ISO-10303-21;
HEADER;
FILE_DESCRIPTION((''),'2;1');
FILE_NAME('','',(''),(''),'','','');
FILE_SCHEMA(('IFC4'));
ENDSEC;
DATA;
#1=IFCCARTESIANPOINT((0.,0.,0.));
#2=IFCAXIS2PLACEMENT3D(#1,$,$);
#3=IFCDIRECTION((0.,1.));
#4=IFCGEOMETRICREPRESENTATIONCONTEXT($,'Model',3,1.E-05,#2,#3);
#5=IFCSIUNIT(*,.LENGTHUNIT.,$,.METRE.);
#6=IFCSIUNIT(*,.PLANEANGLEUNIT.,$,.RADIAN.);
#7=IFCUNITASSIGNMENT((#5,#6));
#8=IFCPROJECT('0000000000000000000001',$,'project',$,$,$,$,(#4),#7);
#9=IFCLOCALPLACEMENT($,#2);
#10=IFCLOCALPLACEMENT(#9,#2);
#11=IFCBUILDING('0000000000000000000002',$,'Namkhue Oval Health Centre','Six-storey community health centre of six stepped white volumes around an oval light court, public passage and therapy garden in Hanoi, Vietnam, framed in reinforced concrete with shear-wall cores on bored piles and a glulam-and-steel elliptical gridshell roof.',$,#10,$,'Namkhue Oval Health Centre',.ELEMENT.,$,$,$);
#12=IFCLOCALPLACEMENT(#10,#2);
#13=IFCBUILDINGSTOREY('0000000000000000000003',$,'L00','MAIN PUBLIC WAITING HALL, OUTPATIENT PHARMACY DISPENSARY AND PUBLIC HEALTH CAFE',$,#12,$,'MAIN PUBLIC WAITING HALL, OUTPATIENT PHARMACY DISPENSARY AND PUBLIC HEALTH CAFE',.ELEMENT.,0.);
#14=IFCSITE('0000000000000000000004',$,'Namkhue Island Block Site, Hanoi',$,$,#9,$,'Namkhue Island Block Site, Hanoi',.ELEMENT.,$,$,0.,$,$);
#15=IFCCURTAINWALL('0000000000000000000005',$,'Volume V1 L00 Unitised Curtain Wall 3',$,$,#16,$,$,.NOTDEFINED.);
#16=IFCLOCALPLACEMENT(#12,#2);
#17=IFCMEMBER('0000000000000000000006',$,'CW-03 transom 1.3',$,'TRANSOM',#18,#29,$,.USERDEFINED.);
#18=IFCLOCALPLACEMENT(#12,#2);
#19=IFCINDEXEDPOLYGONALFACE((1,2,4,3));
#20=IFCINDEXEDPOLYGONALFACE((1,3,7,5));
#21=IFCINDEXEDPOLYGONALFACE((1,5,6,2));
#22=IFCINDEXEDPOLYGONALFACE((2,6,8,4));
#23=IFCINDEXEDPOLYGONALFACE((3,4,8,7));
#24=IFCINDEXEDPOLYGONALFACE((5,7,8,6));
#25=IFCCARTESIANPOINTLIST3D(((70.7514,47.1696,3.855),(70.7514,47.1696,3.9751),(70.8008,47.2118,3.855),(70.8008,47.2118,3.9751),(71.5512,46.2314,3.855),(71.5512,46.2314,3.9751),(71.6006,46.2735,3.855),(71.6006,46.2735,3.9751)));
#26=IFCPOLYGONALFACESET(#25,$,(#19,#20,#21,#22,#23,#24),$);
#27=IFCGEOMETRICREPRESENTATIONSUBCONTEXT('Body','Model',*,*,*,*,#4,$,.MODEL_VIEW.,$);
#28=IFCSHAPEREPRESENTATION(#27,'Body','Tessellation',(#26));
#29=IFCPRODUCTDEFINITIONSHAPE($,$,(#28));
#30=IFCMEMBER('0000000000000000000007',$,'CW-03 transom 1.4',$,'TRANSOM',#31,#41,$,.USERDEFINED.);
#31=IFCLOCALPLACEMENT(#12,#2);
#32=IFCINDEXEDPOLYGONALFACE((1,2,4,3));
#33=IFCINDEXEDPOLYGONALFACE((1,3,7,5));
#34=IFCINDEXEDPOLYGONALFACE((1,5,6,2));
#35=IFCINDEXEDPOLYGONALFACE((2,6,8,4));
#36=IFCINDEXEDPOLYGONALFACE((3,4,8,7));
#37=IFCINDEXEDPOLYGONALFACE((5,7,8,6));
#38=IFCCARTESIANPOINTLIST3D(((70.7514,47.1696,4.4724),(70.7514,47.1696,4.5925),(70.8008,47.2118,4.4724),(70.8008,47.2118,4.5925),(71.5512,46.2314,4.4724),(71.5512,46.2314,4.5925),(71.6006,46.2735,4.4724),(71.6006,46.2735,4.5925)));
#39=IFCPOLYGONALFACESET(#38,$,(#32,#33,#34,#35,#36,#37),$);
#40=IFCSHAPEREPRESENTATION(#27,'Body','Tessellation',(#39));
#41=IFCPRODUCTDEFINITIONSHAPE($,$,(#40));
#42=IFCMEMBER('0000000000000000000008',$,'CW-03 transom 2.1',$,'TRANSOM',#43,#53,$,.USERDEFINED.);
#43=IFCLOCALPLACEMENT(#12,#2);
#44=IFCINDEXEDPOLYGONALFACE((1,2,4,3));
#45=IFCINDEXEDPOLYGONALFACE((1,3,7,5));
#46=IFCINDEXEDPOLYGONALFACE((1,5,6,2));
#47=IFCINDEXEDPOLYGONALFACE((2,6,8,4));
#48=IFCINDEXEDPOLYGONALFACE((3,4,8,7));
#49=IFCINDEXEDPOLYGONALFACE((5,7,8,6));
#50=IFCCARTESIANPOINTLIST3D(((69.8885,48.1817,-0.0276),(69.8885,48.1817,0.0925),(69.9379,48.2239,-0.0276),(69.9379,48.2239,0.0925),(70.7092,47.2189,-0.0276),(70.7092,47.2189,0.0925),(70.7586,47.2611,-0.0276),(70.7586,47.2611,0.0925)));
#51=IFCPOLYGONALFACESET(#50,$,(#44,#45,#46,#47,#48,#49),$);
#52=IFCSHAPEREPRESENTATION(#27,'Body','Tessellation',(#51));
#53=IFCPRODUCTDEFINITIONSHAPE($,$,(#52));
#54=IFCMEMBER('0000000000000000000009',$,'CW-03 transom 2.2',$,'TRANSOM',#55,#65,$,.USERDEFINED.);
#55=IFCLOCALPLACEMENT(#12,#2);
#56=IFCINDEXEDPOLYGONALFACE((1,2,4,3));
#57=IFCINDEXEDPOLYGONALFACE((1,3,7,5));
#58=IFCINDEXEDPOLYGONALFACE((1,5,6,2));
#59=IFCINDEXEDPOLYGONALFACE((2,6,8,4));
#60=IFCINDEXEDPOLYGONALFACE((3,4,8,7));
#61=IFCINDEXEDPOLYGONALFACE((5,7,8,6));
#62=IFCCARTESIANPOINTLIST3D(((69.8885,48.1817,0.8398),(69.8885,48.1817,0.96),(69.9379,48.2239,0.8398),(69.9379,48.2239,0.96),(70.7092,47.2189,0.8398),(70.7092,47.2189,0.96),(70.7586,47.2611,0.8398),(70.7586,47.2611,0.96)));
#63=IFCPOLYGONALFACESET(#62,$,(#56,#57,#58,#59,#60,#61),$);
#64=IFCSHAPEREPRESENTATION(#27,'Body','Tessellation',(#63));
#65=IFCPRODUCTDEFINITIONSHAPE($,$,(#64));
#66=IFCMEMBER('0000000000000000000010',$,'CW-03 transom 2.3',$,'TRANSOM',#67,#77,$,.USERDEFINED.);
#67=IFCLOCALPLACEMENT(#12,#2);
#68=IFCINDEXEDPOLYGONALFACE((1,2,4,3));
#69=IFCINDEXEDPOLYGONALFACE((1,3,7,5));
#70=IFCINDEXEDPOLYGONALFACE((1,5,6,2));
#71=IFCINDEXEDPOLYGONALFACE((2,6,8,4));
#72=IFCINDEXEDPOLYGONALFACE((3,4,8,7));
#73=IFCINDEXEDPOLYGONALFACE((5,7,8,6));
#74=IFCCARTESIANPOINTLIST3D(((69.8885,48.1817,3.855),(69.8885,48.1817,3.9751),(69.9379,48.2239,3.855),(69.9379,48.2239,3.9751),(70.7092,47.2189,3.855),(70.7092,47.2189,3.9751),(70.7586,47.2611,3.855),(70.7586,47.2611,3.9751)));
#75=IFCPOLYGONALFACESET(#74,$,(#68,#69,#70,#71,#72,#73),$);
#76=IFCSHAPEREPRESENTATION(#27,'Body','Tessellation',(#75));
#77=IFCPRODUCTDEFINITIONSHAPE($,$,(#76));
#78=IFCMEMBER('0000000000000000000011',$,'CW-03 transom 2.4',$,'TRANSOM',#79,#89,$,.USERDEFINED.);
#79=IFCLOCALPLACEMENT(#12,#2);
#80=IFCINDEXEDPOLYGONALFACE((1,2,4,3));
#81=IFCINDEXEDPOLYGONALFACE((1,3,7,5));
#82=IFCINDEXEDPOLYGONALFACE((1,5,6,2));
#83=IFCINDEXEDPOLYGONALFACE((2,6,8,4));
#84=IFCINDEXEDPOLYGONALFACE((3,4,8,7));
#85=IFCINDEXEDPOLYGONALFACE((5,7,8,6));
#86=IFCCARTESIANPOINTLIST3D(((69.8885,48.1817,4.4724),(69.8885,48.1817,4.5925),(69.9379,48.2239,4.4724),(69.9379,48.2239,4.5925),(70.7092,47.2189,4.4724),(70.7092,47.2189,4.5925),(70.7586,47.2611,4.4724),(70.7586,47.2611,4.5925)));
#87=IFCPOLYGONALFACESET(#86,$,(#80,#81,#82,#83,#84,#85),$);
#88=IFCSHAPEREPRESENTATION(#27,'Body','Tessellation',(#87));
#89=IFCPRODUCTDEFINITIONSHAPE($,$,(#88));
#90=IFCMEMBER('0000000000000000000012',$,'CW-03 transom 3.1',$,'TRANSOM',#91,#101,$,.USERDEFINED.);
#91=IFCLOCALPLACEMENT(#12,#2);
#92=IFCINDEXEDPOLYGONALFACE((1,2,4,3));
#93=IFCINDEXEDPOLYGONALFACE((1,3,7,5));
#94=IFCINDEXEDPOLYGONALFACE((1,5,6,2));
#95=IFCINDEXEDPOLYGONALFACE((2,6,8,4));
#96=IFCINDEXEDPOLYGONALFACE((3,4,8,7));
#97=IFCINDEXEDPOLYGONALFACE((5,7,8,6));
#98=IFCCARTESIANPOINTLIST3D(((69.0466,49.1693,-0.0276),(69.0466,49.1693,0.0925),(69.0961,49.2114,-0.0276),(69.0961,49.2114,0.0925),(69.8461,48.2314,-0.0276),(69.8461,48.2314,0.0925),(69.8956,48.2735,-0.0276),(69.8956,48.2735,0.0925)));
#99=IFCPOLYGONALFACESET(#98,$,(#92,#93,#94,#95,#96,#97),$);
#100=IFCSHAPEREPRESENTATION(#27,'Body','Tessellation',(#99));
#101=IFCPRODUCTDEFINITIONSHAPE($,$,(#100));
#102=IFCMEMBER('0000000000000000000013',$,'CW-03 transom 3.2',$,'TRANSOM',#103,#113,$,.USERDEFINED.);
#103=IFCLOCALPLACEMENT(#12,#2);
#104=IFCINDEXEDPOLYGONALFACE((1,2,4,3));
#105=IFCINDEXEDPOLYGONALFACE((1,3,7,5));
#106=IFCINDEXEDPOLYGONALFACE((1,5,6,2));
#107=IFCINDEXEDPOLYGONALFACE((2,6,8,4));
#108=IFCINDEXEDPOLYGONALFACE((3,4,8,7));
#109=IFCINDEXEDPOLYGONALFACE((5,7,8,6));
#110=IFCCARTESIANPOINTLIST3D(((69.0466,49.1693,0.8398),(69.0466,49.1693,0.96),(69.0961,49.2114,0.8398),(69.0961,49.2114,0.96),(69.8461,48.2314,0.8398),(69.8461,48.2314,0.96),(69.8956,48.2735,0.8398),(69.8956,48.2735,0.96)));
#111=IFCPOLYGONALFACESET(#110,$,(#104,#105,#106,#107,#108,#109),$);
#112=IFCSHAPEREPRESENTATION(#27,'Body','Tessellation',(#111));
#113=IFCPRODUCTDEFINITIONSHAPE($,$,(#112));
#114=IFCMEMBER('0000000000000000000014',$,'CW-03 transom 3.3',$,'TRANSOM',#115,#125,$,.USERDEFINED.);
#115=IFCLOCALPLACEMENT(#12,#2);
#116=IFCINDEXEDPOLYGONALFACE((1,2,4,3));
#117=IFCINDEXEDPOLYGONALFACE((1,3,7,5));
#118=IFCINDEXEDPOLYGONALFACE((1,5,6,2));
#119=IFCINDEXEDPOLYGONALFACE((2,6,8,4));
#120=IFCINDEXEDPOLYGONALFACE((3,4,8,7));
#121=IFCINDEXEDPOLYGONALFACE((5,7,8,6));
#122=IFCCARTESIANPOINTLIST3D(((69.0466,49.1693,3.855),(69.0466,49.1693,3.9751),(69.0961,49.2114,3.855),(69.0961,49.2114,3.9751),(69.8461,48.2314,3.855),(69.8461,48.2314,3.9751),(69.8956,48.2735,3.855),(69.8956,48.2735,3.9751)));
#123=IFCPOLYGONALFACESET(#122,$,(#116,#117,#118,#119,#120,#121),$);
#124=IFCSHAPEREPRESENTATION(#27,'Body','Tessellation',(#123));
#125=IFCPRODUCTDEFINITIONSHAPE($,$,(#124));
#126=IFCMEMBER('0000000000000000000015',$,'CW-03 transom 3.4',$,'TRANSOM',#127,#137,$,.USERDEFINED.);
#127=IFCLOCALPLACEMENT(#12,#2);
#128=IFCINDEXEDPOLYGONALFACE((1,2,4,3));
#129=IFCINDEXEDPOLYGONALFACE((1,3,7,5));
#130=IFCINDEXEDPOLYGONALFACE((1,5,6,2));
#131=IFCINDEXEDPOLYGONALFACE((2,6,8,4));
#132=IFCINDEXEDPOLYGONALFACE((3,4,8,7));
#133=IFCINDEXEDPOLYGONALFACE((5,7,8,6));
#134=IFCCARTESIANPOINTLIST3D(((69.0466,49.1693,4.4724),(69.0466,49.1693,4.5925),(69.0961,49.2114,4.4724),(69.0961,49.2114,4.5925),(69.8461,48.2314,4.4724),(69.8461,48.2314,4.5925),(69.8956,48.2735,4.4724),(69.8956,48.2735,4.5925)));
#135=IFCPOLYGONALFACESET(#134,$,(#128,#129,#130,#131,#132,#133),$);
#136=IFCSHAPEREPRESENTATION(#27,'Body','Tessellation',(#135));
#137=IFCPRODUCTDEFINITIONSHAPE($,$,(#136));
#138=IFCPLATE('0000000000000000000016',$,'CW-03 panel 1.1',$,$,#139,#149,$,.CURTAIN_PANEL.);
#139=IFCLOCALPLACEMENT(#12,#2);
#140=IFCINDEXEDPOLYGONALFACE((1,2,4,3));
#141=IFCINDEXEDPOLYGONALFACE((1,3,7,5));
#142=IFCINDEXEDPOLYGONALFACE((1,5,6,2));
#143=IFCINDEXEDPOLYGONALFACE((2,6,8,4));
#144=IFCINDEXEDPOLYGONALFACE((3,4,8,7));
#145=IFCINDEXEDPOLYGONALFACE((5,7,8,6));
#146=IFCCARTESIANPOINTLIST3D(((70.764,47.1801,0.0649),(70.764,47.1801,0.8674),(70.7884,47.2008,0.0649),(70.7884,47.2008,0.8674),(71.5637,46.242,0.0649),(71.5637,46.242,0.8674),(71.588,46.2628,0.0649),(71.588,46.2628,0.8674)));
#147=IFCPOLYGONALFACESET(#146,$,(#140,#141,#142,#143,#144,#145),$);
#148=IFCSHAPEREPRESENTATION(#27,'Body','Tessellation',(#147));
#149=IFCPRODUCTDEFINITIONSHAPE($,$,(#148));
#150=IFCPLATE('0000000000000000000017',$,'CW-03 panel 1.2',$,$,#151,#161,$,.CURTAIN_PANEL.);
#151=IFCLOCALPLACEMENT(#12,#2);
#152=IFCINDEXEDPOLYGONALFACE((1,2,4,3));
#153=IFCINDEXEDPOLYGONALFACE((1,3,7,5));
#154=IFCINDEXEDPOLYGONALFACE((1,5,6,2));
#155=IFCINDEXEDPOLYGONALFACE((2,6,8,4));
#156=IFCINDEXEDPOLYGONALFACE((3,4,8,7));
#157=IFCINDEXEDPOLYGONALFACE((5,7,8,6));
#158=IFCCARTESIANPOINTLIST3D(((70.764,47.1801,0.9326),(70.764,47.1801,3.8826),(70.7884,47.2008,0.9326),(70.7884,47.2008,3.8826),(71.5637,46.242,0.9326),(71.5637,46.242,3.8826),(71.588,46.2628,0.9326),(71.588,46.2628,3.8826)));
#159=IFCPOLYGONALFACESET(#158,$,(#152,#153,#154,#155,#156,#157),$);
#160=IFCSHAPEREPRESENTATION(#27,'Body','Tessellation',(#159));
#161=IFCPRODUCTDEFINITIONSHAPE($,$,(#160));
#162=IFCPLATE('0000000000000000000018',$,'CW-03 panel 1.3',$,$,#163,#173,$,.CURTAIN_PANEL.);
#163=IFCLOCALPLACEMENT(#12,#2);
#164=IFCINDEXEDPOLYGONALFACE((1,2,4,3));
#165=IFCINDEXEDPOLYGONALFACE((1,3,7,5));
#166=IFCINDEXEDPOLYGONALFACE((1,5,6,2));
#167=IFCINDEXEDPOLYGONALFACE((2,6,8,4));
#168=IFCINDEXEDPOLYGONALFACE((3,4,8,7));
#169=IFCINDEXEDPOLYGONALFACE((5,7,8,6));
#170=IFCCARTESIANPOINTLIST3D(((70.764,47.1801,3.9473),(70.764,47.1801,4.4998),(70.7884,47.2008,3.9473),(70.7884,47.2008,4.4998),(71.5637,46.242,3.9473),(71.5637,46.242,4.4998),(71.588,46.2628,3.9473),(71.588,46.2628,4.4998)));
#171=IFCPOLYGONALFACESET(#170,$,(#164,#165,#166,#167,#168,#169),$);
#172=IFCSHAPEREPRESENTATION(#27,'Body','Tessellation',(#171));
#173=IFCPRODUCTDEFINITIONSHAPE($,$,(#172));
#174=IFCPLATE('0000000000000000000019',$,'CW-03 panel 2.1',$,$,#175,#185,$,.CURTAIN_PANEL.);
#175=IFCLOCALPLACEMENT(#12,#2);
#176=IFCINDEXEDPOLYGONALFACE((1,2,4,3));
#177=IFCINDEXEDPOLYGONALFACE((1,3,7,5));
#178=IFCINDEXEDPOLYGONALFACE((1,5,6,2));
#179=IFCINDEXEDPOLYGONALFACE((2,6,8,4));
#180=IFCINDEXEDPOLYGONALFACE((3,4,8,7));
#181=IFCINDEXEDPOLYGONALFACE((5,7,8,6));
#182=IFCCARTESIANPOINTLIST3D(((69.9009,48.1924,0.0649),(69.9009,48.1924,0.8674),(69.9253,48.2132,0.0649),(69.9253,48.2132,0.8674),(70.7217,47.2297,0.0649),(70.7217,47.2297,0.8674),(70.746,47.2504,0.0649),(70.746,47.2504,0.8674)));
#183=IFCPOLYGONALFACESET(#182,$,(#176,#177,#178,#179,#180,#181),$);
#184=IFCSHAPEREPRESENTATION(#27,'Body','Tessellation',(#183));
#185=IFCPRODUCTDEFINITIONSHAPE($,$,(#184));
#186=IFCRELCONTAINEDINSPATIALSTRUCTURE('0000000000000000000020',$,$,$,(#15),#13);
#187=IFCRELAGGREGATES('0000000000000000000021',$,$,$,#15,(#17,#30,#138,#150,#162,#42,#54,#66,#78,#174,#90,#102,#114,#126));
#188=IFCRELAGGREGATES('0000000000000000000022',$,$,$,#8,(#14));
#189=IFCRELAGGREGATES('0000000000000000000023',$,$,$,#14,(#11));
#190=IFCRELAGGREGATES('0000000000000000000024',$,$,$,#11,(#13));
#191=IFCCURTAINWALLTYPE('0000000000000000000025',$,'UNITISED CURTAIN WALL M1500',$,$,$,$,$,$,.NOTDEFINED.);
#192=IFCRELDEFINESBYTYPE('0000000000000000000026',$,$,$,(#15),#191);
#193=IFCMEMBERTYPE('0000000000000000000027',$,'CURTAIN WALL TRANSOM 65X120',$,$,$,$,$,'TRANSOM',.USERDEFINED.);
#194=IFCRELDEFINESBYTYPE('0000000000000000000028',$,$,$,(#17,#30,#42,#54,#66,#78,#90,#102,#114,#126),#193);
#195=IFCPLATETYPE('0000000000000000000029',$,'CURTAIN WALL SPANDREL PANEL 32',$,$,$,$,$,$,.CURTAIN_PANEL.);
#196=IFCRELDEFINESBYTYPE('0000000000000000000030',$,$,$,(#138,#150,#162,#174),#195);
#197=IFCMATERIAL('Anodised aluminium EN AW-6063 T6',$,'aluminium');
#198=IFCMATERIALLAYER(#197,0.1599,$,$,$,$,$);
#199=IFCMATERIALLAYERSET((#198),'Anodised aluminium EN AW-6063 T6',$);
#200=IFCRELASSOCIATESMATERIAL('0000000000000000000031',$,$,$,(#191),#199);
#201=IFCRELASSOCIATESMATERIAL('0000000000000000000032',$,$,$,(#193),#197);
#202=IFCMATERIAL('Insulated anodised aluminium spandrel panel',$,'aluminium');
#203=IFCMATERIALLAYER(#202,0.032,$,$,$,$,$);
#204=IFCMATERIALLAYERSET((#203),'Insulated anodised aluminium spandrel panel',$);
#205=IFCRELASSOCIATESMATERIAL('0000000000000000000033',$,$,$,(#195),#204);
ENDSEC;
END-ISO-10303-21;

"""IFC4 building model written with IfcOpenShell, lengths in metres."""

from ifc_helpers import new_model, si_unit, direction, frame, origin, origin_2d, place, context, subcontext, project, spatial, rectangle, extrude, material, layer, layer_set, material_profile, profile_set, type_object, element, aggregate, save


model = new_model("IFC4")

# Units and contexts
model_context = context("Model", 3, precision=1e-05, world=origin(), true_north=direction((0.0, 1.0)))
body_context = subcontext(model_context, "Body", "Model", "MODEL_VIEW")
ifc_project = project(units=[si_unit("LENGTHUNIT", "METRE"), si_unit("PLANEANGLEUNIT", "RADIAN")], contexts=[model_context])

# Site, building, storey
site_placement = place(None, origin())
site = spatial("IfcSite", under=ifc_project, at=site_placement, Name="Namkhue Island Block Site, Hanoi", LongName="Namkhue Island Block Site, Hanoi", CompositionType="ELEMENT", RefElevation=0.0)
building_placement = place(site_placement, origin())
building = spatial("IfcBuilding", under=site, at=building_placement, Name="Namkhue Oval Health Centre", Description="Six-storey community health centre of six stepped white volumes around an oval light court, public passage and therapy garden in Hanoi, Vietnam, framed in reinforced concrete with shear-wall cores on bored piles and a glulam-and-steel elliptical gridshell roof.", LongName="Namkhue Oval Health Centre", CompositionType="ELEMENT")
storey_placement = place(building_placement, origin())
storey = spatial("IfcBuildingStorey", under=building, at=storey_placement, Name="L00", Description="MAIN PUBLIC WAITING HALL, OUTPATIENT PHARMACY DISPENSARY AND PUBLIC HEALTH CAFE", LongName="MAIN PUBLIC WAITING HALL, OUTPATIENT PHARMACY DISPENSARY AND PUBLIC HEALTH CAFE", CompositionType="ELEMENT", Elevation=0.0)

# Curtain wall, members, plates
ifc_material_1 = material(Name="Anodised aluminium EN AW-6063 T6", Category="aluminium")
ifc_layer_1 = layer(ifc_material_1, 0.1599)
ifc_layer_set_1 = layer_set([ifc_layer_1], Name="Anodised aluminium EN AW-6063 T6")
curtain_wall_type = type_object("IfcCurtainWallType", Name="UNITISED CURTAIN WALL M1500", PredefinedType="NOTDEFINED", material=ifc_layer_set_1)
curtain_wall_placement = place(storey_placement, origin())
curtain_wall = element("IfcCurtainWall", 1, at=curtain_wall_placement, inside=storey, type_object=curtain_wall_type, Name="Volume V1 L00 Unitised Curtain Wall 3", PredefinedType="NOTDEFINED")
ifc_material_profile_1 = material_profile(ifc_material_1, rectangle(XDim=0.0649, YDim=0.1201, at=origin_2d()), Name="ALU 65x120")
ifc_profile_set_1 = profile_set([ifc_material_profile_1], Name="Anodised aluminium EN AW-6063 T6")
member_type_1 = type_object("IfcMemberType", Name="CURTAIN WALL TRANSOM 65X120", ElementType="TRANSOM", PredefinedType="USERDEFINED", material=ifc_profile_set_1)
member_1_placement = place(storey_placement, frame((71.5759, 46.2524, 3.915), z_axis=(-0.648734, 0.761015, 0.0), x_axis=(-0.761015, -0.648734, 0.0)))
member_1 = element("IfcMember", 2, at=member_1_placement, type_object=member_type_1, Name="CW-03 transom 1.3", ObjectType="TRANSOM", PredefinedType="USERDEFINED", context=body_context, shape_type="SweptSolid", body=[
    extrude(rectangle(XDim=0.0649, YDim=0.1201, at=origin_2d()), origin(), (0.0, 0.0, 1.0), 1.2329),
])
member_2_placement = place(storey_placement, frame((71.5759, 46.2524, 4.5325), z_axis=(-0.648734, 0.761015, 0.0), x_axis=(-0.761015, -0.648734, 0.0)))
member_2 = element("IfcMember", 3, at=member_2_placement, type_object=member_type_1, Name="CW-03 transom 1.4", ObjectType="TRANSOM", PredefinedType="USERDEFINED", context=body_context, shape_type="SweptSolid", body=[
    extrude(rectangle(XDim=0.0649, YDim=0.1201, at=origin_2d()), origin(), (0.0, 0.0, 1.0), 1.2329),
])
member_3_placement = place(storey_placement, frame((70.7339, 47.24, 0.0325), z_axis=(-0.648723, 0.761024, 0.0), x_axis=(-0.761024, -0.648723, 0.0)))
member_3 = element("IfcMember", 4, at=member_3_placement, type_object=member_type_1, Name="CW-03 transom 2.1", ObjectType="TRANSOM", PredefinedType="USERDEFINED", context=body_context, shape_type="SweptSolid", body=[
    extrude(rectangle(XDim=0.0649, YDim=0.1201, at=origin_2d()), origin(), (0.0, 0.0, 1.0), 1.2651),
])
member_4_placement = place(storey_placement, frame((70.7339, 47.24, 0.8999), z_axis=(-0.648723, 0.761024, 0.0), x_axis=(-0.761024, -0.648723, 0.0)))
member_4 = element("IfcMember", 5, at=member_4_placement, type_object=member_type_1, Name="CW-03 transom 2.2", ObjectType="TRANSOM", PredefinedType="USERDEFINED", context=body_context, shape_type="SweptSolid", body=[
    extrude(rectangle(XDim=0.0649, YDim=0.1201, at=origin_2d()), origin(), (0.0, 0.0, 1.0), 1.2651),
])
member_5_placement = place(storey_placement, frame((70.7339, 47.24, 3.915), z_axis=(-0.648723, 0.761024, 0.0), x_axis=(-0.761024, -0.648723, 0.0)))
member_5 = element("IfcMember", 6, at=member_5_placement, type_object=member_type_1, Name="CW-03 transom 2.3", ObjectType="TRANSOM", PredefinedType="USERDEFINED", context=body_context, shape_type="SweptSolid", body=[
    extrude(rectangle(XDim=0.0649, YDim=0.1201, at=origin_2d()), origin(), (0.0, 0.0, 1.0), 1.2651),
])
member_6_placement = place(storey_placement, frame((70.7339, 47.24, 4.5325), z_axis=(-0.648723, 0.761024, 0.0), x_axis=(-0.761024, -0.648723, 0.0)))
member_6 = element("IfcMember", 7, at=member_6_placement, type_object=member_type_1, Name="CW-03 transom 2.4", ObjectType="TRANSOM", PredefinedType="USERDEFINED", context=body_context, shape_type="SweptSolid", body=[
    extrude(rectangle(XDim=0.0649, YDim=0.1201, at=origin_2d()), origin(), (0.0, 0.0, 1.0), 1.2651),
])
member_7_placement = place(storey_placement, frame((69.8708, 48.2524, 0.0325), z_axis=(-0.648717, 0.76103, 0.0), x_axis=(-0.76103, -0.648717, 0.0)))
member_7 = element("IfcMember", 8, at=member_7_placement, type_object=member_type_1, Name="CW-03 transom 3.1", ObjectType="TRANSOM", PredefinedType="USERDEFINED", context=body_context, shape_type="SweptSolid", body=[
    extrude(rectangle(XDim=0.0649, YDim=0.1201, at=origin_2d()), origin(), (0.0, 0.0, 1.0), 1.2324),
])
member_8_placement = place(storey_placement, frame((69.8708, 48.2524, 0.8999), z_axis=(-0.648717, 0.76103, 0.0), x_axis=(-0.76103, -0.648717, 0.0)))
member_8 = element("IfcMember", 9, at=member_8_placement, type_object=member_type_1, Name="CW-03 transom 3.2", ObjectType="TRANSOM", PredefinedType="USERDEFINED", context=body_context, shape_type="SweptSolid", body=[
    extrude(rectangle(XDim=0.0649, YDim=0.1201, at=origin_2d()), origin(), (0.0, 0.0, 1.0), 1.2324),
])
member_9_placement = place(storey_placement, frame((69.8708, 48.2524, 3.915), z_axis=(-0.648717, 0.76103, 0.0), x_axis=(-0.76103, -0.648717, 0.0)))
member_9 = element("IfcMember", 10, at=member_9_placement, type_object=member_type_1, Name="CW-03 transom 3.3", ObjectType="TRANSOM", PredefinedType="USERDEFINED", context=body_context, shape_type="SweptSolid", body=[
    extrude(rectangle(XDim=0.0649, YDim=0.1201, at=origin_2d()), origin(), (0.0, 0.0, 1.0), 1.2324),
])
member_10_placement = place(storey_placement, frame((69.8708, 48.2524, 4.5325), z_axis=(-0.648717, 0.76103, 0.0), x_axis=(-0.76103, -0.648717, 0.0)))
member_10 = element("IfcMember", 11, at=member_10_placement, type_object=member_type_1, Name="CW-03 transom 3.4", ObjectType="TRANSOM", PredefinedType="USERDEFINED", context=body_context, shape_type="SweptSolid", body=[
    extrude(rectangle(XDim=0.0649, YDim=0.1201, at=origin_2d()), origin(), (0.0, 0.0, 1.0), 1.2324),
])
ifc_material_2 = material(Name="Insulated anodised aluminium spandrel panel", Category="aluminium")
ifc_layer_2 = layer(ifc_material_2, 0.032)
ifc_layer_set_2 = layer_set([ifc_layer_2], Name="Insulated anodised aluminium spandrel panel")
plate_type = type_object("IfcPlateType", Name="CURTAIN WALL SPANDREL PANEL 32", PredefinedType="CURTAIN_PANEL", material=ifc_layer_set_2)
plate_1_placement = place(storey_placement, frame((71.176, 46.7214, 0.0649), z_axis=(0.0, 0.0, 1.0), x_axis=(-0.648746, 0.761005, 0.0)))
plate_1 = element("IfcPlate", 12, at=plate_1_placement, type_object=plate_type, Name="CW-03 panel 1.1", PredefinedType="CURTAIN_PANEL", context=body_context, shape_type="SweptSolid", body=[
    extrude(rectangle(XDim=1.2327, YDim=0.032, at=origin_2d()), origin(), (0.0, 0.0, 1.0), 0.8025),
])
plate_2_placement = place(storey_placement, frame((71.176, 46.7214, 0.9326), z_axis=(0.0, 0.0, 1.0), x_axis=(-0.648746, 0.761005, 0.0)))
plate_2 = element("IfcPlate", 13, at=plate_2_placement, type_object=plate_type, Name="CW-03 panel 1.2", PredefinedType="CURTAIN_PANEL", context=body_context, shape_type="SweptSolid", body=[
    extrude(rectangle(XDim=1.2327, YDim=0.032, at=origin_2d()), origin(), (0.0, 0.0, 1.0), 2.95),
])
plate_3_placement = place(storey_placement, frame((71.176, 46.7214, 3.9473), z_axis=(0.0, 0.0, 1.0), x_axis=(-0.648746, 0.761005, 0.0)))
plate_3 = element("IfcPlate", 14, at=plate_3_placement, type_object=plate_type, Name="CW-03 panel 1.3", PredefinedType="CURTAIN_PANEL", context=body_context, shape_type="SweptSolid", body=[
    extrude(rectangle(XDim=1.2327, YDim=0.032, at=origin_2d()), origin(), (0.0, 0.0, 1.0), 0.5525),
])
plate_4_placement = place(storey_placement, frame((70.3235, 47.7214, 0.0649), z_axis=(0.0, 0.0, 1.0), x_axis=(-0.648746, 0.761005, 0.0)))
plate_4 = element("IfcPlate", 15, at=plate_4_placement, type_object=plate_type, Name="CW-03 panel 2.1", PredefinedType="CURTAIN_PANEL", context=body_context, shape_type="SweptSolid", body=[
    extrude(rectangle(XDim=1.2651, YDim=0.032, at=origin_2d()), origin(), (0.0, 0.0, 1.0), 0.8025),
])
aggregate(curtain_wall, [member_1, member_2, plate_1, plate_2, plate_3, member_3, member_4, member_5, member_6, plate_4, member_7, member_8, member_9, member_10])

save(model, "model.ifc")
